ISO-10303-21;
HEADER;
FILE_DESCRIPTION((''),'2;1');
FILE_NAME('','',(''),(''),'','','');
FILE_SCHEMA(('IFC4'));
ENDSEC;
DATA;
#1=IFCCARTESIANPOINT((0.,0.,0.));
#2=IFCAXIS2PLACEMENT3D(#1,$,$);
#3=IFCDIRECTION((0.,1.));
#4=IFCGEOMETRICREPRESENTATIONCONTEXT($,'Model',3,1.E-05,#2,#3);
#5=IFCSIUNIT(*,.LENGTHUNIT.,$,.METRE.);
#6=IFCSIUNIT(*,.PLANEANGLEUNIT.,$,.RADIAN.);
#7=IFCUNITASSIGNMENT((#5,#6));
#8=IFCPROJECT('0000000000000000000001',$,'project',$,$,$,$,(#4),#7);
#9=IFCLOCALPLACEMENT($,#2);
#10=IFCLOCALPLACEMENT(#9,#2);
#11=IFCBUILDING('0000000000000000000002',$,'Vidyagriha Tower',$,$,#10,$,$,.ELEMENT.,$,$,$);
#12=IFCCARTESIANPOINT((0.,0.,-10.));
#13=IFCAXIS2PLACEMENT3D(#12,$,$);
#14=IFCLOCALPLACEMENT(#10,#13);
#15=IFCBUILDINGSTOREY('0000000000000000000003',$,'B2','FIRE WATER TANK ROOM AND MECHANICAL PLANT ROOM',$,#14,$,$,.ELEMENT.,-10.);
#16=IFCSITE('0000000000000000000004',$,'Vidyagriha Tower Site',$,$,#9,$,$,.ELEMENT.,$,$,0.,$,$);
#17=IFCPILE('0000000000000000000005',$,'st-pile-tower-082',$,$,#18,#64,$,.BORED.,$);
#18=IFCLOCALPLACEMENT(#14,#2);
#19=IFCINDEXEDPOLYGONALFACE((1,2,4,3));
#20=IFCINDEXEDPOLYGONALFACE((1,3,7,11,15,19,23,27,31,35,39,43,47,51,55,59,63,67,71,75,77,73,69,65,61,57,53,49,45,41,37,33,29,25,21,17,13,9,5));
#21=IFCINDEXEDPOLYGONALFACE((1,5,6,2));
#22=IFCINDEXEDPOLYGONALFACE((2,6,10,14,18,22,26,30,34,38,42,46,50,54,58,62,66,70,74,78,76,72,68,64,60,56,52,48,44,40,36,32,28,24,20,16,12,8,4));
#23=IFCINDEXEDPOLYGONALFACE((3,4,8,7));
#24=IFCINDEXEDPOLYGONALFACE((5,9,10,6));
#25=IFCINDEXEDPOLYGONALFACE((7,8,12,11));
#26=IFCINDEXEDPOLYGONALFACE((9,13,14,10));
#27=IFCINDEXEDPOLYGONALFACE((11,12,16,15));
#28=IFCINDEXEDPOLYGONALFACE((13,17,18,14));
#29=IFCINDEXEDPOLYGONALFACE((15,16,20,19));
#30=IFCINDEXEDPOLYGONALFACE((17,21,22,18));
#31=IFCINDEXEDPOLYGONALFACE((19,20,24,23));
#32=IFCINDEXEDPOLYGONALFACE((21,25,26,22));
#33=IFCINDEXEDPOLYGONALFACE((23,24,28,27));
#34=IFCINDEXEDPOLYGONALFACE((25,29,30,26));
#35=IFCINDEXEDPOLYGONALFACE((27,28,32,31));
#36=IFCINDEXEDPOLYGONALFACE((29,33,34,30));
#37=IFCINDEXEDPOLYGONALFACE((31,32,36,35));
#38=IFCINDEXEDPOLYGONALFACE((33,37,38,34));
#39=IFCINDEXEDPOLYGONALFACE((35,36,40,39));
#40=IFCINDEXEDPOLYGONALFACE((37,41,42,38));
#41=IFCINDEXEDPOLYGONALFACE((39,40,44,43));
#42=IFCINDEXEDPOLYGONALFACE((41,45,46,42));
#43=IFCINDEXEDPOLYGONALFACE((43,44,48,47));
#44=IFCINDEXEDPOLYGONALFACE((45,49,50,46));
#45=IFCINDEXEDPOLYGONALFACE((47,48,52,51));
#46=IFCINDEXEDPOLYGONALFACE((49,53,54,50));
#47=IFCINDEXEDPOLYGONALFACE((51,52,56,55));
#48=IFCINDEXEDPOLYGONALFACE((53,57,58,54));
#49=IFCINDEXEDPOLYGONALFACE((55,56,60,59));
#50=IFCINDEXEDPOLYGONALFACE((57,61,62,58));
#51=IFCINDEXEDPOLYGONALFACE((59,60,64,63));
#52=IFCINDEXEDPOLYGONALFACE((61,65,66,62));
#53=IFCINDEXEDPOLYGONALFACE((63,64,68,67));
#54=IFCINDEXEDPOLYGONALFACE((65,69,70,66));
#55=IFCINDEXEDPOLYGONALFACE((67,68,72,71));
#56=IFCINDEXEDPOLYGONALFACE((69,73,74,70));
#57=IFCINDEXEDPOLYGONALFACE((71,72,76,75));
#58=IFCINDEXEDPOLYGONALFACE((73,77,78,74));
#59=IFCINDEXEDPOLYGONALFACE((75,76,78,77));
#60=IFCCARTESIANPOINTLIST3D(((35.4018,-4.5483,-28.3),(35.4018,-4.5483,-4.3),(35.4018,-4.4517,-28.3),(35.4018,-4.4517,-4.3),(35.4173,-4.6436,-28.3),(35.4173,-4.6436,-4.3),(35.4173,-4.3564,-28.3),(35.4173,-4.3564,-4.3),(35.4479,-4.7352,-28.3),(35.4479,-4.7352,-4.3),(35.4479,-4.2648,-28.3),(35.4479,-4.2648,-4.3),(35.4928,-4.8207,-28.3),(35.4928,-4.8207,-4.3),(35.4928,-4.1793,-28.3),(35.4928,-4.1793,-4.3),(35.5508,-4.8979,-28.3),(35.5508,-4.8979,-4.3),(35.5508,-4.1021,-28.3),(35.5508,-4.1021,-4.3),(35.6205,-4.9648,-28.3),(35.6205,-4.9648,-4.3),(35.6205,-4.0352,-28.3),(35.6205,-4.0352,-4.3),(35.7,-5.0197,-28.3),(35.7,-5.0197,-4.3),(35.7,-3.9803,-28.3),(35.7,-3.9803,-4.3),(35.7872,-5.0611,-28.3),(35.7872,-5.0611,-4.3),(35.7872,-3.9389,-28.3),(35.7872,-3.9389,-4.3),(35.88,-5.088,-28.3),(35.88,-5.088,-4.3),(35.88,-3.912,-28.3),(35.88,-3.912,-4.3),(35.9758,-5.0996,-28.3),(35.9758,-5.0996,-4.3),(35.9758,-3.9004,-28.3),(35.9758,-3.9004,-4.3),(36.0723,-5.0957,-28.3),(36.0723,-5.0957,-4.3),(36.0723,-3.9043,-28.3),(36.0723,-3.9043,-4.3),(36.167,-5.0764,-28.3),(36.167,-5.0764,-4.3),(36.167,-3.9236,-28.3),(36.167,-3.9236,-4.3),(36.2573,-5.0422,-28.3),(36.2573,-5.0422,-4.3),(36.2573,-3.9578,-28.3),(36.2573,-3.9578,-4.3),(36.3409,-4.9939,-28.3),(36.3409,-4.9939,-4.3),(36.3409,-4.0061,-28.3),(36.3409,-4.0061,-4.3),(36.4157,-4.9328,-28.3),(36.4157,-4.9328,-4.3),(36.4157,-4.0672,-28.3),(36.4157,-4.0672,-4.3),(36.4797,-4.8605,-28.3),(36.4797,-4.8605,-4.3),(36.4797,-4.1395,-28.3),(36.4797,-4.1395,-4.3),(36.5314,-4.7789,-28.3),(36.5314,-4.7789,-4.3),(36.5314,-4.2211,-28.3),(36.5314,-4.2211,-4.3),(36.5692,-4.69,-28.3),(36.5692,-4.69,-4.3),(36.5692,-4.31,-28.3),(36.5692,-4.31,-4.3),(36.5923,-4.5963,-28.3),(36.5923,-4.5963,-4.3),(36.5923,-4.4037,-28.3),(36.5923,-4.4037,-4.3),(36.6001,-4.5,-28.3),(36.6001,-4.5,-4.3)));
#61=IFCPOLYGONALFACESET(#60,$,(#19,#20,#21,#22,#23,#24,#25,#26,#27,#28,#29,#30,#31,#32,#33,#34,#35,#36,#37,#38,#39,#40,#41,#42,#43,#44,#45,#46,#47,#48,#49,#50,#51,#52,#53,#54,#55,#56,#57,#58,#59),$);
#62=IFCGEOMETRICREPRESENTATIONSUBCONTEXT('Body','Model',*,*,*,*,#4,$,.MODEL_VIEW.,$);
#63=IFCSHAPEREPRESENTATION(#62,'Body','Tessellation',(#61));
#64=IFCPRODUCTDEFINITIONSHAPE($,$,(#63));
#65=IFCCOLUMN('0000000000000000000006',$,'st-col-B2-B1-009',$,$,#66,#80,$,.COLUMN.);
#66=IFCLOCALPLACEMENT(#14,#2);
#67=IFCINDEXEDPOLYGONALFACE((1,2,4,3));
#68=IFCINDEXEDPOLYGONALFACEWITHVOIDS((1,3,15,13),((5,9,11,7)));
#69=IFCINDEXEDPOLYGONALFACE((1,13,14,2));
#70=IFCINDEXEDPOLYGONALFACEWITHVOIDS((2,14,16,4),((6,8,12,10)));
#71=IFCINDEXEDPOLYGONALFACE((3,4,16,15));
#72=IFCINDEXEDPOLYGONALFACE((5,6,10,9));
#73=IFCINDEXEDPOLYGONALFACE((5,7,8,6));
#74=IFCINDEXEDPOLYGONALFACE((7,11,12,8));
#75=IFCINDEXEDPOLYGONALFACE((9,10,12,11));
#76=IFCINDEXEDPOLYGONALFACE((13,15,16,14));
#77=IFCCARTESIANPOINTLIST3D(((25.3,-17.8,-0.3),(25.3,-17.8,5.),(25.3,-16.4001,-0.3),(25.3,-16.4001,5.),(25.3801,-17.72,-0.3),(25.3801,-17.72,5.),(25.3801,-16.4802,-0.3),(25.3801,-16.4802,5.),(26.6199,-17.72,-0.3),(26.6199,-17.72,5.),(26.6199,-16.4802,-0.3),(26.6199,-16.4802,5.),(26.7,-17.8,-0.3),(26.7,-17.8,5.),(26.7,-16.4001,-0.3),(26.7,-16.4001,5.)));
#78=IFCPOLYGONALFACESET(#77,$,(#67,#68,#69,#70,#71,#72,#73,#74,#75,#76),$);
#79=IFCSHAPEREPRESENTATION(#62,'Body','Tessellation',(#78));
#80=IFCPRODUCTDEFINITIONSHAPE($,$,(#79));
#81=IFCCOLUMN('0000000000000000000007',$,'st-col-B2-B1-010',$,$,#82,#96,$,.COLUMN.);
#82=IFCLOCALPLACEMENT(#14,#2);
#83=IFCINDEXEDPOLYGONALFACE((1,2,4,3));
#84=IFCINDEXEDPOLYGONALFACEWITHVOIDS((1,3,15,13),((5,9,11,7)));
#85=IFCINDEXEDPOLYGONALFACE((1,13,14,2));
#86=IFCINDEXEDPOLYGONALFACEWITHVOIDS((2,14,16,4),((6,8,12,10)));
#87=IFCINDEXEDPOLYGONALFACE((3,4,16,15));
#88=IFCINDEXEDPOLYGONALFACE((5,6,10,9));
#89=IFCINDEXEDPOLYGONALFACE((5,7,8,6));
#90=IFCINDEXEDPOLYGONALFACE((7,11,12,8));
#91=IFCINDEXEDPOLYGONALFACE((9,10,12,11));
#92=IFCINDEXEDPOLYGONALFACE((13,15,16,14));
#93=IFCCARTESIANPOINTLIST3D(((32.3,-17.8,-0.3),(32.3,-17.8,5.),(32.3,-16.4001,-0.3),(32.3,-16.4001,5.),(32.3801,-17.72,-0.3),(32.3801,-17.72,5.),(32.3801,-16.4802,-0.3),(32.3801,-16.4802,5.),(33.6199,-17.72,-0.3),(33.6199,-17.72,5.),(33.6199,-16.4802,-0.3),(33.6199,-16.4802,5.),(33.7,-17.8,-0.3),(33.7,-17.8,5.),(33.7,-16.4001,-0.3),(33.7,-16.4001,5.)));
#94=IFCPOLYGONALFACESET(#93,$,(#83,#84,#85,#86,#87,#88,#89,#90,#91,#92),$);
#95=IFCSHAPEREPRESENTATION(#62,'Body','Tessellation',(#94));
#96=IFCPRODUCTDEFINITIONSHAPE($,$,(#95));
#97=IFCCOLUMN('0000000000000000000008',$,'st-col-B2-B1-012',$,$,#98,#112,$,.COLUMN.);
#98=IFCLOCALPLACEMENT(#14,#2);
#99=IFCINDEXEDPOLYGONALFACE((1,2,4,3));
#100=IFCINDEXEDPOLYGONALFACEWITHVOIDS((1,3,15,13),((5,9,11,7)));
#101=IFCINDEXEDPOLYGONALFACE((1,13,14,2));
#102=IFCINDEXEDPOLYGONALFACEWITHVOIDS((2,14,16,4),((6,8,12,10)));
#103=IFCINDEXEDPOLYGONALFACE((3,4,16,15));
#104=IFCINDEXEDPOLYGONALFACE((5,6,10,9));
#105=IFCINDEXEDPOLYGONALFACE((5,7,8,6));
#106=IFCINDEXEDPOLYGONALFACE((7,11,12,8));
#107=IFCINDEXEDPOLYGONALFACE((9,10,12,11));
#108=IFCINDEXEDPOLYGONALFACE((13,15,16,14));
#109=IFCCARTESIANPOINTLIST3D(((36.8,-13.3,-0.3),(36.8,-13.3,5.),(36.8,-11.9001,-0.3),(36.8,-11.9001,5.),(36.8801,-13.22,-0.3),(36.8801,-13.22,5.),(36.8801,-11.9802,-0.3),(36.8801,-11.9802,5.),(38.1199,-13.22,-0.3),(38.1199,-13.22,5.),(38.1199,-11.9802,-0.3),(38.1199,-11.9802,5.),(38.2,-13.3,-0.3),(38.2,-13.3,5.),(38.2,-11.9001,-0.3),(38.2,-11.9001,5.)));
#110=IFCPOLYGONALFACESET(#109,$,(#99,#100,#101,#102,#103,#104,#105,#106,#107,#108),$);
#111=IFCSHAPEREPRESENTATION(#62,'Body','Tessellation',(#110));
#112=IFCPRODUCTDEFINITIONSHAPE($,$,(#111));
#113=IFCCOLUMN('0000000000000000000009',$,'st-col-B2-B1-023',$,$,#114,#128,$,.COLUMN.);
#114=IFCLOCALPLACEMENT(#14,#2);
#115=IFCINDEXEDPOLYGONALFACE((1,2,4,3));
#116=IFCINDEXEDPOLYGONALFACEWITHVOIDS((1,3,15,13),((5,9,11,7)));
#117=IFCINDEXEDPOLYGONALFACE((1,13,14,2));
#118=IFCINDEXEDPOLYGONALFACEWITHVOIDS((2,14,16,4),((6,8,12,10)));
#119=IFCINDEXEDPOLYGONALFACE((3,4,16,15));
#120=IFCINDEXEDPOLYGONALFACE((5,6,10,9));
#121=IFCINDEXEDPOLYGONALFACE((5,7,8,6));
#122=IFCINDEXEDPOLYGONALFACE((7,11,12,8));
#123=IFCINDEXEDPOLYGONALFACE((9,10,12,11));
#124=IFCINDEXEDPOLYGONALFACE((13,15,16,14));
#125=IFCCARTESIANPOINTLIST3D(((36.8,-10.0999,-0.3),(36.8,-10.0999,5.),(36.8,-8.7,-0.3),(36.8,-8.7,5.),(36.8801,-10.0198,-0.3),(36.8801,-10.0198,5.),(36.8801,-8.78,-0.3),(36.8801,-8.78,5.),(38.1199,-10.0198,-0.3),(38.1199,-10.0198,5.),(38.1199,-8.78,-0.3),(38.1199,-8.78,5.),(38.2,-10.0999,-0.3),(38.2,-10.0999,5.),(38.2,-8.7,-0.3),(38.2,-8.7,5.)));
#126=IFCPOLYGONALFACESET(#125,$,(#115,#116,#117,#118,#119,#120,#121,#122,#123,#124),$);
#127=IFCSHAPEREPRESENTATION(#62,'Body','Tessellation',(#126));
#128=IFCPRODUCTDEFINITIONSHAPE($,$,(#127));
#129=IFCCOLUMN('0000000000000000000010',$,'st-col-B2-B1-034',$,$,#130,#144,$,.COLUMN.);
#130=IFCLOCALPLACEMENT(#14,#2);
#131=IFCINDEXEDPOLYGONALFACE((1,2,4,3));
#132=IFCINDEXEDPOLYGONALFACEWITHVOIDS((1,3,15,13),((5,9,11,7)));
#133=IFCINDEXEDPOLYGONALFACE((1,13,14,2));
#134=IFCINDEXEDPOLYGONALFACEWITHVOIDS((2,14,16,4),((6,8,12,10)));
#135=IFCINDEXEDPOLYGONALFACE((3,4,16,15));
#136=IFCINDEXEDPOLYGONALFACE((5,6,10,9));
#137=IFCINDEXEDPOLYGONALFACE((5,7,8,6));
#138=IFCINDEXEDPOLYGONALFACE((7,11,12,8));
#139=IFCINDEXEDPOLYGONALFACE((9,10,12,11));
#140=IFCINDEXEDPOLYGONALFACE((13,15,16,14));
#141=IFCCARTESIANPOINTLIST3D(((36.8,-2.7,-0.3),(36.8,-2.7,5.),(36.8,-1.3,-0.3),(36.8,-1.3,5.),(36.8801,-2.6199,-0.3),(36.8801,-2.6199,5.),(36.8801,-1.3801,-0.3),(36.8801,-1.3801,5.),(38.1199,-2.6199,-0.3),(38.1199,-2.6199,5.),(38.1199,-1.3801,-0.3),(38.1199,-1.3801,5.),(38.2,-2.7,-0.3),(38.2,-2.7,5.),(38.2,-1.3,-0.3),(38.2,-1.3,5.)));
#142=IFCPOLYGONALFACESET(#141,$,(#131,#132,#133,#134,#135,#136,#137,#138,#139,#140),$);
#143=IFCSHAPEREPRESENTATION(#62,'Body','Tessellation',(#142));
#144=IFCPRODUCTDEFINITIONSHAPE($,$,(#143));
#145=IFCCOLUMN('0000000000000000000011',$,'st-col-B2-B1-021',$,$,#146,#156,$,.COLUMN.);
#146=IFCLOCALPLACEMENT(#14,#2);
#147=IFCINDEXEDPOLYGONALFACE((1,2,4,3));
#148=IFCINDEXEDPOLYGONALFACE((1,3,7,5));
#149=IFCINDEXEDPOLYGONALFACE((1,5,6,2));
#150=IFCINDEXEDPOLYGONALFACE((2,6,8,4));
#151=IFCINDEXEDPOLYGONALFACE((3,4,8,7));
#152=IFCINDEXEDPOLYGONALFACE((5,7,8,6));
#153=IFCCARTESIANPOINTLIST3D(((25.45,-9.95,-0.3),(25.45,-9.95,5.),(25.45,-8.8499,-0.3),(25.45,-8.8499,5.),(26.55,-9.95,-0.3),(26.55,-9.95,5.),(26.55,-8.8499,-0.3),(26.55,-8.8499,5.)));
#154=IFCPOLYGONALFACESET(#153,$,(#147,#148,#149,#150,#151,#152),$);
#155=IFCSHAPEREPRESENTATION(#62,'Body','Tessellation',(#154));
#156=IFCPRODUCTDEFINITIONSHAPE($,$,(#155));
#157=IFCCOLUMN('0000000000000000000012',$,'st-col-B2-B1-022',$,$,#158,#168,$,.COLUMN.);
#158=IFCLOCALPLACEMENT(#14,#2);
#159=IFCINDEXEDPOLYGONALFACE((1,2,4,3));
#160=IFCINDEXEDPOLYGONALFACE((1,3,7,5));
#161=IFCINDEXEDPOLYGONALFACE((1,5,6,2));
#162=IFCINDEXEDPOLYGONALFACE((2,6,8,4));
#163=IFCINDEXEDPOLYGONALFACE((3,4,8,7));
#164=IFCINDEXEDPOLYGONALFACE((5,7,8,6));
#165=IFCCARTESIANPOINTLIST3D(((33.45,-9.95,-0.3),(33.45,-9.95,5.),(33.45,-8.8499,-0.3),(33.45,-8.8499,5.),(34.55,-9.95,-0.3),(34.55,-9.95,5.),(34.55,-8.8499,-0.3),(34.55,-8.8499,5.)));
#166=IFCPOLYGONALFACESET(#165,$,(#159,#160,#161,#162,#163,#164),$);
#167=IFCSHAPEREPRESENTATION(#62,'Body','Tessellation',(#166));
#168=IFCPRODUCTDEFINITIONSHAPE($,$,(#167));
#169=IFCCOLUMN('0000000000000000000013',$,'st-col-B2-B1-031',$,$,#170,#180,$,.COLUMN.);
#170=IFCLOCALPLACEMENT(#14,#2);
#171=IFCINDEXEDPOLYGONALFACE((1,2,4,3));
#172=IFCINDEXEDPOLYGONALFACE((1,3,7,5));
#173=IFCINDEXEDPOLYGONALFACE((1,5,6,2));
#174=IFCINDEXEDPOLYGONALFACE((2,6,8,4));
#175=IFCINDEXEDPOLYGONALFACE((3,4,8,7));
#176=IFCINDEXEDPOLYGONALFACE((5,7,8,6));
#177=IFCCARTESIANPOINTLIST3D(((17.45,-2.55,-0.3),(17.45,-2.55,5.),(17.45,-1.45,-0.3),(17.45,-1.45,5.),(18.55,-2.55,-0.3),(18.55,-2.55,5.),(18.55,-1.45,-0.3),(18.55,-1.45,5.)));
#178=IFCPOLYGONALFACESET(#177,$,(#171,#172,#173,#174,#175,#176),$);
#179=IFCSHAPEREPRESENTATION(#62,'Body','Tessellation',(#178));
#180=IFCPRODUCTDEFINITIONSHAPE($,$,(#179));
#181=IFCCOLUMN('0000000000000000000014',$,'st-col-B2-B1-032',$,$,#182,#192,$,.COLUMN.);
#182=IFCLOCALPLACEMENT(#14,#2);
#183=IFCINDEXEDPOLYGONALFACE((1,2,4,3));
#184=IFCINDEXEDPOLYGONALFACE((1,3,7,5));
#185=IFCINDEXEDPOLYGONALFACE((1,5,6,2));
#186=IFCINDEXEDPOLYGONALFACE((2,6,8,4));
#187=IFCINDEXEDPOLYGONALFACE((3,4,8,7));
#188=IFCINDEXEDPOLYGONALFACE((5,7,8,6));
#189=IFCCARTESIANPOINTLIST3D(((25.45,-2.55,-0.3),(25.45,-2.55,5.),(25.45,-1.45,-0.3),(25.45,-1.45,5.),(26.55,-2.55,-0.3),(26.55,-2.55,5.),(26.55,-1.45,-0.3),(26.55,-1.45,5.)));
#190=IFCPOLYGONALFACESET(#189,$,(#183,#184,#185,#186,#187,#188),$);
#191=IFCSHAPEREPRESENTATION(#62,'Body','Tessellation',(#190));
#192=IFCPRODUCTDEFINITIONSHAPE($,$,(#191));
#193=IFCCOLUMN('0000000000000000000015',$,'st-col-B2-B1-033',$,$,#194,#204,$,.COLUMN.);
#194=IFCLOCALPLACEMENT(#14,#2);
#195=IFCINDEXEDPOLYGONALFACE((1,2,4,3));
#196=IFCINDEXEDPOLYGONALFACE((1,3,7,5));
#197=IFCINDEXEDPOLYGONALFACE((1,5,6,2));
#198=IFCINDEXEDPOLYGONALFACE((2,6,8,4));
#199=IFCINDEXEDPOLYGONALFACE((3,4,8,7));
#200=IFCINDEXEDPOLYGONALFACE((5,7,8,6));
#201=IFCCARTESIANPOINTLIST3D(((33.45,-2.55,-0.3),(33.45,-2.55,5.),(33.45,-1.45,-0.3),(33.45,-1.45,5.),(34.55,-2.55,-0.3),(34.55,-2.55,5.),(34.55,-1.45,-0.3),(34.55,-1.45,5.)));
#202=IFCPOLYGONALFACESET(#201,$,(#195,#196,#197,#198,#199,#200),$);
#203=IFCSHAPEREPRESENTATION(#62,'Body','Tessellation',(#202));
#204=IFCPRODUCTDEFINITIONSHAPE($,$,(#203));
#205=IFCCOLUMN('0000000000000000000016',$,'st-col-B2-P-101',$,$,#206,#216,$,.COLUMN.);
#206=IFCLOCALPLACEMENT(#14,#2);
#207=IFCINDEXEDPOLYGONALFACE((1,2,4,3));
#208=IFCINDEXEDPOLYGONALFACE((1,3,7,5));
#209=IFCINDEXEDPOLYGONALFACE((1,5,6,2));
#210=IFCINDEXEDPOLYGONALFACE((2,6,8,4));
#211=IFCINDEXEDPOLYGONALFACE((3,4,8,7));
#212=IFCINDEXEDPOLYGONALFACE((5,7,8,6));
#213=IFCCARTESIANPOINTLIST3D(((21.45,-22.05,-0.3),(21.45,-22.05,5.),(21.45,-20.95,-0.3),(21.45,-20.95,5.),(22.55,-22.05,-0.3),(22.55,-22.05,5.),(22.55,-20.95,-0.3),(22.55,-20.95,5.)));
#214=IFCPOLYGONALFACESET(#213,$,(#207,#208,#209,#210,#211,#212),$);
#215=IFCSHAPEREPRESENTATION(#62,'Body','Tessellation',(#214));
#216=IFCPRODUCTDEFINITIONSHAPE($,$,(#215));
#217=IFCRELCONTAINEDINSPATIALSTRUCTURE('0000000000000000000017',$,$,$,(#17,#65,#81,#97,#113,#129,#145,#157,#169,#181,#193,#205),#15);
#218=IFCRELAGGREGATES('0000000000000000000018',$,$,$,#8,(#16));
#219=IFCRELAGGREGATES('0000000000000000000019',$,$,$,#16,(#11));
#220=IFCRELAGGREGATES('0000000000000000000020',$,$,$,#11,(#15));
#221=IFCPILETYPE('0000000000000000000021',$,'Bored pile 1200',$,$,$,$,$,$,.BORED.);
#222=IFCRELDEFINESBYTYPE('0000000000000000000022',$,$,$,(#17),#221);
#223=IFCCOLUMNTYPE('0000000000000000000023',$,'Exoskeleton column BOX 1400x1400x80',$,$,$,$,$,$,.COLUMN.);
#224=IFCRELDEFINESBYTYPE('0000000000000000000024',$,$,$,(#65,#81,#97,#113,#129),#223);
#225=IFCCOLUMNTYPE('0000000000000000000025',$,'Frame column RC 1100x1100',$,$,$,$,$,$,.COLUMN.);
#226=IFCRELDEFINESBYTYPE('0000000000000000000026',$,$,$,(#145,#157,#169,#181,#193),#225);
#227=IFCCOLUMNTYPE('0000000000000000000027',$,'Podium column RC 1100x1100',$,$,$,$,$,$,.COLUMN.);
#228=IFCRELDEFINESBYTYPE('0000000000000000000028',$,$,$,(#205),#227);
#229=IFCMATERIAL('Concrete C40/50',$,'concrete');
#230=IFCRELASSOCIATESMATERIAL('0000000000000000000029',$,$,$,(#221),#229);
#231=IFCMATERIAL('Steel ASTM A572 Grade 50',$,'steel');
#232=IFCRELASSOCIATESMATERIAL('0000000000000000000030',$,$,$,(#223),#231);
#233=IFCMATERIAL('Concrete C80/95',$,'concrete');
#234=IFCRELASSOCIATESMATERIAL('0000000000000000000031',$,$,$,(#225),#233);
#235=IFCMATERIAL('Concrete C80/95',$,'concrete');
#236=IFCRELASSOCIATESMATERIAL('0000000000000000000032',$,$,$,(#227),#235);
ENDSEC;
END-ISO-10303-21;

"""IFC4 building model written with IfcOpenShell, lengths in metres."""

from ifc_helpers import new_model, si_unit, direction, frame, origin, origin_2d, place, context, subcontext, project, spatial, rectangle, hollow_rectangle, circle, extrude, material, material_profile, profile_set, type_object, element, save


model = new_model("IFC4")

# Units and contexts
model_context = context("Model", 3, precision=1e-05, world=origin(), true_north=direction((0.0, 1.0)))
body_context = subcontext(model_context, "Body", "Model", "MODEL_VIEW")
ifc_project = project(units=[si_unit("LENGTHUNIT", "METRE"), si_unit("PLANEANGLEUNIT", "RADIAN")], contexts=[model_context])

# Site, building, storey
site_placement = place(None, origin())
site = spatial("IfcSite", under=ifc_project, at=site_placement, Name="Vidyagriha Tower Site", CompositionType="ELEMENT", RefElevation=0.0)
building_placement = place(site_placement, origin())
building = spatial("IfcBuilding", under=site, at=building_placement, Name="Vidyagriha Tower", CompositionType="ELEMENT")
storey_placement = place(building_placement, frame((0.0, 0.0, -10.0)))
storey = spatial("IfcBuildingStorey", under=building, at=storey_placement, Name="B2", Description="FIRE WATER TANK ROOM AND MECHANICAL PLANT ROOM", CompositionType="ELEMENT", Elevation=-10.0)

# Pile
ifc_material_1 = material(Name="Concrete C40/50", Category="concrete")
ifc_material_profile_1 = material_profile(ifc_material_1, circle(Radius=0.6001, at=origin_2d()), Name="Bored pile 1200")
ifc_profile_set_1 = profile_set([ifc_material_profile_1], Name="Concrete C40/50")
pile_type = type_object("IfcPileType", Name="Bored pile 1200", PredefinedType="BORED", material=ifc_profile_set_1)
for number, where, z_axis, x_axis, name in (
    (1, (36.0, -4.5, -4.3), (0.0, 0.0, -1.0), (1.0, 0.0, 0.0), "st-pile-tower-082"),
):
    element("IfcPile", number, at=place(storey_placement, frame(where, z_axis=z_axis, x_axis=x_axis)), inside=storey, type_object=pile_type, Name=name, PredefinedType="BORED", context=body_context, shape_type="SweptSolid", body=[
        extrude(circle(Radius=0.6001, at=origin_2d()), origin(), (0.0, 0.0, 1.0), 24.0),
    ])

# Columns
ifc_material_2 = material(Name="Steel ASTM A572 Grade 50", Category="steel")
ifc_material_profile_2 = material_profile(ifc_material_2, hollow_rectangle(XDim=1.3999, YDim=1.3999, WallThickness=0.0801, at=origin_2d()), Name="BOX 1400x1400x80")
ifc_profile_set_2 = profile_set([ifc_material_profile_2], Name="Steel ASTM A572 Grade 50")
column_type_1 = type_object("IfcColumnType", Name="Exoskeleton column BOX 1400x1400x80", PredefinedType="COLUMN", material=ifc_profile_set_2)
for number, where, name in (
    (2, (26.0, -17.1001, -0.3), "st-col-B2-B1-009"),
    (3, (33.0, -17.1001, -0.3), "st-col-B2-B1-010"),
    (4, (37.5, -12.6001, -0.3), "st-col-B2-B1-012"),
    (5, (37.5, -9.3999, -0.3), "st-col-B2-B1-023"),
    (6, (37.5, -2.0, -0.3), "st-col-B2-B1-034"),
):
    element("IfcColumn", number, at=place(storey_placement, frame(where)), inside=storey, type_object=column_type_1, Name=name, PredefinedType="COLUMN", context=body_context, shape_type="SweptSolid", body=[
        extrude(hollow_rectangle(XDim=1.3999, YDim=1.3999, WallThickness=0.0801, at=origin_2d()), origin(), (0.0, 0.0, 1.0), 5.3),
    ])
ifc_material_3 = material(Name="Concrete C80/95", Category="concrete")
ifc_material_profile_3 = material_profile(ifc_material_3, rectangle(XDim=1.1001, YDim=1.1001, at=origin_2d()), Name="RC 1100x1100")
ifc_profile_set_3 = profile_set([ifc_material_profile_3], Name="Concrete C80/95")
column_type_2 = type_object("IfcColumnType", Name="Frame column RC 1100x1100", PredefinedType="COLUMN", material=ifc_profile_set_3)
for number, where, name in (
    (7, (26.0, -9.3999, -0.3), "st-col-B2-B1-021"),
    (8, (34.0, -9.3999, -0.3), "st-col-B2-B1-022"),
    (9, (18.0, -2.0, -0.3), "st-col-B2-B1-031"),
    (10, (26.0, -2.0, -0.3), "st-col-B2-B1-032"),
    (11, (34.0, -2.0, -0.3), "st-col-B2-B1-033"),
):
    element("IfcColumn", number, at=place(storey_placement, frame(where)), inside=storey, type_object=column_type_2, Name=name, PredefinedType="COLUMN", context=body_context, shape_type="SweptSolid", body=[
        extrude(rectangle(XDim=1.1001, YDim=1.1001, at=origin_2d()), origin(), (0.0, 0.0, 1.0), 5.3),
    ])
ifc_material_4 = material(Name="Concrete C80/95", Category="concrete")
ifc_material_profile_4 = material_profile(ifc_material_4, rectangle(XDim=1.1001, YDim=1.1001, at=origin_2d()), Name="RC 1100x1100")
ifc_profile_set_4 = profile_set([ifc_material_profile_4], Name="Concrete C80/95")
column_type_3 = type_object("IfcColumnType", Name="Podium column RC 1100x1100", PredefinedType="COLUMN", material=ifc_profile_set_4)
for number, where, name in (
    (12, (22.0, -21.5, -0.3), "st-col-B2-P-101"),
):
    element("IfcColumn", number, at=place(storey_placement, frame(where)), inside=storey, type_object=column_type_3, Name=name, PredefinedType="COLUMN", context=body_context, shape_type="SweptSolid", body=[
        extrude(rectangle(XDim=1.1001, YDim=1.1001, at=origin_2d()), origin(), (0.0, 0.0, 1.0), 5.3),
    ])

save(model, "model.ifc")
